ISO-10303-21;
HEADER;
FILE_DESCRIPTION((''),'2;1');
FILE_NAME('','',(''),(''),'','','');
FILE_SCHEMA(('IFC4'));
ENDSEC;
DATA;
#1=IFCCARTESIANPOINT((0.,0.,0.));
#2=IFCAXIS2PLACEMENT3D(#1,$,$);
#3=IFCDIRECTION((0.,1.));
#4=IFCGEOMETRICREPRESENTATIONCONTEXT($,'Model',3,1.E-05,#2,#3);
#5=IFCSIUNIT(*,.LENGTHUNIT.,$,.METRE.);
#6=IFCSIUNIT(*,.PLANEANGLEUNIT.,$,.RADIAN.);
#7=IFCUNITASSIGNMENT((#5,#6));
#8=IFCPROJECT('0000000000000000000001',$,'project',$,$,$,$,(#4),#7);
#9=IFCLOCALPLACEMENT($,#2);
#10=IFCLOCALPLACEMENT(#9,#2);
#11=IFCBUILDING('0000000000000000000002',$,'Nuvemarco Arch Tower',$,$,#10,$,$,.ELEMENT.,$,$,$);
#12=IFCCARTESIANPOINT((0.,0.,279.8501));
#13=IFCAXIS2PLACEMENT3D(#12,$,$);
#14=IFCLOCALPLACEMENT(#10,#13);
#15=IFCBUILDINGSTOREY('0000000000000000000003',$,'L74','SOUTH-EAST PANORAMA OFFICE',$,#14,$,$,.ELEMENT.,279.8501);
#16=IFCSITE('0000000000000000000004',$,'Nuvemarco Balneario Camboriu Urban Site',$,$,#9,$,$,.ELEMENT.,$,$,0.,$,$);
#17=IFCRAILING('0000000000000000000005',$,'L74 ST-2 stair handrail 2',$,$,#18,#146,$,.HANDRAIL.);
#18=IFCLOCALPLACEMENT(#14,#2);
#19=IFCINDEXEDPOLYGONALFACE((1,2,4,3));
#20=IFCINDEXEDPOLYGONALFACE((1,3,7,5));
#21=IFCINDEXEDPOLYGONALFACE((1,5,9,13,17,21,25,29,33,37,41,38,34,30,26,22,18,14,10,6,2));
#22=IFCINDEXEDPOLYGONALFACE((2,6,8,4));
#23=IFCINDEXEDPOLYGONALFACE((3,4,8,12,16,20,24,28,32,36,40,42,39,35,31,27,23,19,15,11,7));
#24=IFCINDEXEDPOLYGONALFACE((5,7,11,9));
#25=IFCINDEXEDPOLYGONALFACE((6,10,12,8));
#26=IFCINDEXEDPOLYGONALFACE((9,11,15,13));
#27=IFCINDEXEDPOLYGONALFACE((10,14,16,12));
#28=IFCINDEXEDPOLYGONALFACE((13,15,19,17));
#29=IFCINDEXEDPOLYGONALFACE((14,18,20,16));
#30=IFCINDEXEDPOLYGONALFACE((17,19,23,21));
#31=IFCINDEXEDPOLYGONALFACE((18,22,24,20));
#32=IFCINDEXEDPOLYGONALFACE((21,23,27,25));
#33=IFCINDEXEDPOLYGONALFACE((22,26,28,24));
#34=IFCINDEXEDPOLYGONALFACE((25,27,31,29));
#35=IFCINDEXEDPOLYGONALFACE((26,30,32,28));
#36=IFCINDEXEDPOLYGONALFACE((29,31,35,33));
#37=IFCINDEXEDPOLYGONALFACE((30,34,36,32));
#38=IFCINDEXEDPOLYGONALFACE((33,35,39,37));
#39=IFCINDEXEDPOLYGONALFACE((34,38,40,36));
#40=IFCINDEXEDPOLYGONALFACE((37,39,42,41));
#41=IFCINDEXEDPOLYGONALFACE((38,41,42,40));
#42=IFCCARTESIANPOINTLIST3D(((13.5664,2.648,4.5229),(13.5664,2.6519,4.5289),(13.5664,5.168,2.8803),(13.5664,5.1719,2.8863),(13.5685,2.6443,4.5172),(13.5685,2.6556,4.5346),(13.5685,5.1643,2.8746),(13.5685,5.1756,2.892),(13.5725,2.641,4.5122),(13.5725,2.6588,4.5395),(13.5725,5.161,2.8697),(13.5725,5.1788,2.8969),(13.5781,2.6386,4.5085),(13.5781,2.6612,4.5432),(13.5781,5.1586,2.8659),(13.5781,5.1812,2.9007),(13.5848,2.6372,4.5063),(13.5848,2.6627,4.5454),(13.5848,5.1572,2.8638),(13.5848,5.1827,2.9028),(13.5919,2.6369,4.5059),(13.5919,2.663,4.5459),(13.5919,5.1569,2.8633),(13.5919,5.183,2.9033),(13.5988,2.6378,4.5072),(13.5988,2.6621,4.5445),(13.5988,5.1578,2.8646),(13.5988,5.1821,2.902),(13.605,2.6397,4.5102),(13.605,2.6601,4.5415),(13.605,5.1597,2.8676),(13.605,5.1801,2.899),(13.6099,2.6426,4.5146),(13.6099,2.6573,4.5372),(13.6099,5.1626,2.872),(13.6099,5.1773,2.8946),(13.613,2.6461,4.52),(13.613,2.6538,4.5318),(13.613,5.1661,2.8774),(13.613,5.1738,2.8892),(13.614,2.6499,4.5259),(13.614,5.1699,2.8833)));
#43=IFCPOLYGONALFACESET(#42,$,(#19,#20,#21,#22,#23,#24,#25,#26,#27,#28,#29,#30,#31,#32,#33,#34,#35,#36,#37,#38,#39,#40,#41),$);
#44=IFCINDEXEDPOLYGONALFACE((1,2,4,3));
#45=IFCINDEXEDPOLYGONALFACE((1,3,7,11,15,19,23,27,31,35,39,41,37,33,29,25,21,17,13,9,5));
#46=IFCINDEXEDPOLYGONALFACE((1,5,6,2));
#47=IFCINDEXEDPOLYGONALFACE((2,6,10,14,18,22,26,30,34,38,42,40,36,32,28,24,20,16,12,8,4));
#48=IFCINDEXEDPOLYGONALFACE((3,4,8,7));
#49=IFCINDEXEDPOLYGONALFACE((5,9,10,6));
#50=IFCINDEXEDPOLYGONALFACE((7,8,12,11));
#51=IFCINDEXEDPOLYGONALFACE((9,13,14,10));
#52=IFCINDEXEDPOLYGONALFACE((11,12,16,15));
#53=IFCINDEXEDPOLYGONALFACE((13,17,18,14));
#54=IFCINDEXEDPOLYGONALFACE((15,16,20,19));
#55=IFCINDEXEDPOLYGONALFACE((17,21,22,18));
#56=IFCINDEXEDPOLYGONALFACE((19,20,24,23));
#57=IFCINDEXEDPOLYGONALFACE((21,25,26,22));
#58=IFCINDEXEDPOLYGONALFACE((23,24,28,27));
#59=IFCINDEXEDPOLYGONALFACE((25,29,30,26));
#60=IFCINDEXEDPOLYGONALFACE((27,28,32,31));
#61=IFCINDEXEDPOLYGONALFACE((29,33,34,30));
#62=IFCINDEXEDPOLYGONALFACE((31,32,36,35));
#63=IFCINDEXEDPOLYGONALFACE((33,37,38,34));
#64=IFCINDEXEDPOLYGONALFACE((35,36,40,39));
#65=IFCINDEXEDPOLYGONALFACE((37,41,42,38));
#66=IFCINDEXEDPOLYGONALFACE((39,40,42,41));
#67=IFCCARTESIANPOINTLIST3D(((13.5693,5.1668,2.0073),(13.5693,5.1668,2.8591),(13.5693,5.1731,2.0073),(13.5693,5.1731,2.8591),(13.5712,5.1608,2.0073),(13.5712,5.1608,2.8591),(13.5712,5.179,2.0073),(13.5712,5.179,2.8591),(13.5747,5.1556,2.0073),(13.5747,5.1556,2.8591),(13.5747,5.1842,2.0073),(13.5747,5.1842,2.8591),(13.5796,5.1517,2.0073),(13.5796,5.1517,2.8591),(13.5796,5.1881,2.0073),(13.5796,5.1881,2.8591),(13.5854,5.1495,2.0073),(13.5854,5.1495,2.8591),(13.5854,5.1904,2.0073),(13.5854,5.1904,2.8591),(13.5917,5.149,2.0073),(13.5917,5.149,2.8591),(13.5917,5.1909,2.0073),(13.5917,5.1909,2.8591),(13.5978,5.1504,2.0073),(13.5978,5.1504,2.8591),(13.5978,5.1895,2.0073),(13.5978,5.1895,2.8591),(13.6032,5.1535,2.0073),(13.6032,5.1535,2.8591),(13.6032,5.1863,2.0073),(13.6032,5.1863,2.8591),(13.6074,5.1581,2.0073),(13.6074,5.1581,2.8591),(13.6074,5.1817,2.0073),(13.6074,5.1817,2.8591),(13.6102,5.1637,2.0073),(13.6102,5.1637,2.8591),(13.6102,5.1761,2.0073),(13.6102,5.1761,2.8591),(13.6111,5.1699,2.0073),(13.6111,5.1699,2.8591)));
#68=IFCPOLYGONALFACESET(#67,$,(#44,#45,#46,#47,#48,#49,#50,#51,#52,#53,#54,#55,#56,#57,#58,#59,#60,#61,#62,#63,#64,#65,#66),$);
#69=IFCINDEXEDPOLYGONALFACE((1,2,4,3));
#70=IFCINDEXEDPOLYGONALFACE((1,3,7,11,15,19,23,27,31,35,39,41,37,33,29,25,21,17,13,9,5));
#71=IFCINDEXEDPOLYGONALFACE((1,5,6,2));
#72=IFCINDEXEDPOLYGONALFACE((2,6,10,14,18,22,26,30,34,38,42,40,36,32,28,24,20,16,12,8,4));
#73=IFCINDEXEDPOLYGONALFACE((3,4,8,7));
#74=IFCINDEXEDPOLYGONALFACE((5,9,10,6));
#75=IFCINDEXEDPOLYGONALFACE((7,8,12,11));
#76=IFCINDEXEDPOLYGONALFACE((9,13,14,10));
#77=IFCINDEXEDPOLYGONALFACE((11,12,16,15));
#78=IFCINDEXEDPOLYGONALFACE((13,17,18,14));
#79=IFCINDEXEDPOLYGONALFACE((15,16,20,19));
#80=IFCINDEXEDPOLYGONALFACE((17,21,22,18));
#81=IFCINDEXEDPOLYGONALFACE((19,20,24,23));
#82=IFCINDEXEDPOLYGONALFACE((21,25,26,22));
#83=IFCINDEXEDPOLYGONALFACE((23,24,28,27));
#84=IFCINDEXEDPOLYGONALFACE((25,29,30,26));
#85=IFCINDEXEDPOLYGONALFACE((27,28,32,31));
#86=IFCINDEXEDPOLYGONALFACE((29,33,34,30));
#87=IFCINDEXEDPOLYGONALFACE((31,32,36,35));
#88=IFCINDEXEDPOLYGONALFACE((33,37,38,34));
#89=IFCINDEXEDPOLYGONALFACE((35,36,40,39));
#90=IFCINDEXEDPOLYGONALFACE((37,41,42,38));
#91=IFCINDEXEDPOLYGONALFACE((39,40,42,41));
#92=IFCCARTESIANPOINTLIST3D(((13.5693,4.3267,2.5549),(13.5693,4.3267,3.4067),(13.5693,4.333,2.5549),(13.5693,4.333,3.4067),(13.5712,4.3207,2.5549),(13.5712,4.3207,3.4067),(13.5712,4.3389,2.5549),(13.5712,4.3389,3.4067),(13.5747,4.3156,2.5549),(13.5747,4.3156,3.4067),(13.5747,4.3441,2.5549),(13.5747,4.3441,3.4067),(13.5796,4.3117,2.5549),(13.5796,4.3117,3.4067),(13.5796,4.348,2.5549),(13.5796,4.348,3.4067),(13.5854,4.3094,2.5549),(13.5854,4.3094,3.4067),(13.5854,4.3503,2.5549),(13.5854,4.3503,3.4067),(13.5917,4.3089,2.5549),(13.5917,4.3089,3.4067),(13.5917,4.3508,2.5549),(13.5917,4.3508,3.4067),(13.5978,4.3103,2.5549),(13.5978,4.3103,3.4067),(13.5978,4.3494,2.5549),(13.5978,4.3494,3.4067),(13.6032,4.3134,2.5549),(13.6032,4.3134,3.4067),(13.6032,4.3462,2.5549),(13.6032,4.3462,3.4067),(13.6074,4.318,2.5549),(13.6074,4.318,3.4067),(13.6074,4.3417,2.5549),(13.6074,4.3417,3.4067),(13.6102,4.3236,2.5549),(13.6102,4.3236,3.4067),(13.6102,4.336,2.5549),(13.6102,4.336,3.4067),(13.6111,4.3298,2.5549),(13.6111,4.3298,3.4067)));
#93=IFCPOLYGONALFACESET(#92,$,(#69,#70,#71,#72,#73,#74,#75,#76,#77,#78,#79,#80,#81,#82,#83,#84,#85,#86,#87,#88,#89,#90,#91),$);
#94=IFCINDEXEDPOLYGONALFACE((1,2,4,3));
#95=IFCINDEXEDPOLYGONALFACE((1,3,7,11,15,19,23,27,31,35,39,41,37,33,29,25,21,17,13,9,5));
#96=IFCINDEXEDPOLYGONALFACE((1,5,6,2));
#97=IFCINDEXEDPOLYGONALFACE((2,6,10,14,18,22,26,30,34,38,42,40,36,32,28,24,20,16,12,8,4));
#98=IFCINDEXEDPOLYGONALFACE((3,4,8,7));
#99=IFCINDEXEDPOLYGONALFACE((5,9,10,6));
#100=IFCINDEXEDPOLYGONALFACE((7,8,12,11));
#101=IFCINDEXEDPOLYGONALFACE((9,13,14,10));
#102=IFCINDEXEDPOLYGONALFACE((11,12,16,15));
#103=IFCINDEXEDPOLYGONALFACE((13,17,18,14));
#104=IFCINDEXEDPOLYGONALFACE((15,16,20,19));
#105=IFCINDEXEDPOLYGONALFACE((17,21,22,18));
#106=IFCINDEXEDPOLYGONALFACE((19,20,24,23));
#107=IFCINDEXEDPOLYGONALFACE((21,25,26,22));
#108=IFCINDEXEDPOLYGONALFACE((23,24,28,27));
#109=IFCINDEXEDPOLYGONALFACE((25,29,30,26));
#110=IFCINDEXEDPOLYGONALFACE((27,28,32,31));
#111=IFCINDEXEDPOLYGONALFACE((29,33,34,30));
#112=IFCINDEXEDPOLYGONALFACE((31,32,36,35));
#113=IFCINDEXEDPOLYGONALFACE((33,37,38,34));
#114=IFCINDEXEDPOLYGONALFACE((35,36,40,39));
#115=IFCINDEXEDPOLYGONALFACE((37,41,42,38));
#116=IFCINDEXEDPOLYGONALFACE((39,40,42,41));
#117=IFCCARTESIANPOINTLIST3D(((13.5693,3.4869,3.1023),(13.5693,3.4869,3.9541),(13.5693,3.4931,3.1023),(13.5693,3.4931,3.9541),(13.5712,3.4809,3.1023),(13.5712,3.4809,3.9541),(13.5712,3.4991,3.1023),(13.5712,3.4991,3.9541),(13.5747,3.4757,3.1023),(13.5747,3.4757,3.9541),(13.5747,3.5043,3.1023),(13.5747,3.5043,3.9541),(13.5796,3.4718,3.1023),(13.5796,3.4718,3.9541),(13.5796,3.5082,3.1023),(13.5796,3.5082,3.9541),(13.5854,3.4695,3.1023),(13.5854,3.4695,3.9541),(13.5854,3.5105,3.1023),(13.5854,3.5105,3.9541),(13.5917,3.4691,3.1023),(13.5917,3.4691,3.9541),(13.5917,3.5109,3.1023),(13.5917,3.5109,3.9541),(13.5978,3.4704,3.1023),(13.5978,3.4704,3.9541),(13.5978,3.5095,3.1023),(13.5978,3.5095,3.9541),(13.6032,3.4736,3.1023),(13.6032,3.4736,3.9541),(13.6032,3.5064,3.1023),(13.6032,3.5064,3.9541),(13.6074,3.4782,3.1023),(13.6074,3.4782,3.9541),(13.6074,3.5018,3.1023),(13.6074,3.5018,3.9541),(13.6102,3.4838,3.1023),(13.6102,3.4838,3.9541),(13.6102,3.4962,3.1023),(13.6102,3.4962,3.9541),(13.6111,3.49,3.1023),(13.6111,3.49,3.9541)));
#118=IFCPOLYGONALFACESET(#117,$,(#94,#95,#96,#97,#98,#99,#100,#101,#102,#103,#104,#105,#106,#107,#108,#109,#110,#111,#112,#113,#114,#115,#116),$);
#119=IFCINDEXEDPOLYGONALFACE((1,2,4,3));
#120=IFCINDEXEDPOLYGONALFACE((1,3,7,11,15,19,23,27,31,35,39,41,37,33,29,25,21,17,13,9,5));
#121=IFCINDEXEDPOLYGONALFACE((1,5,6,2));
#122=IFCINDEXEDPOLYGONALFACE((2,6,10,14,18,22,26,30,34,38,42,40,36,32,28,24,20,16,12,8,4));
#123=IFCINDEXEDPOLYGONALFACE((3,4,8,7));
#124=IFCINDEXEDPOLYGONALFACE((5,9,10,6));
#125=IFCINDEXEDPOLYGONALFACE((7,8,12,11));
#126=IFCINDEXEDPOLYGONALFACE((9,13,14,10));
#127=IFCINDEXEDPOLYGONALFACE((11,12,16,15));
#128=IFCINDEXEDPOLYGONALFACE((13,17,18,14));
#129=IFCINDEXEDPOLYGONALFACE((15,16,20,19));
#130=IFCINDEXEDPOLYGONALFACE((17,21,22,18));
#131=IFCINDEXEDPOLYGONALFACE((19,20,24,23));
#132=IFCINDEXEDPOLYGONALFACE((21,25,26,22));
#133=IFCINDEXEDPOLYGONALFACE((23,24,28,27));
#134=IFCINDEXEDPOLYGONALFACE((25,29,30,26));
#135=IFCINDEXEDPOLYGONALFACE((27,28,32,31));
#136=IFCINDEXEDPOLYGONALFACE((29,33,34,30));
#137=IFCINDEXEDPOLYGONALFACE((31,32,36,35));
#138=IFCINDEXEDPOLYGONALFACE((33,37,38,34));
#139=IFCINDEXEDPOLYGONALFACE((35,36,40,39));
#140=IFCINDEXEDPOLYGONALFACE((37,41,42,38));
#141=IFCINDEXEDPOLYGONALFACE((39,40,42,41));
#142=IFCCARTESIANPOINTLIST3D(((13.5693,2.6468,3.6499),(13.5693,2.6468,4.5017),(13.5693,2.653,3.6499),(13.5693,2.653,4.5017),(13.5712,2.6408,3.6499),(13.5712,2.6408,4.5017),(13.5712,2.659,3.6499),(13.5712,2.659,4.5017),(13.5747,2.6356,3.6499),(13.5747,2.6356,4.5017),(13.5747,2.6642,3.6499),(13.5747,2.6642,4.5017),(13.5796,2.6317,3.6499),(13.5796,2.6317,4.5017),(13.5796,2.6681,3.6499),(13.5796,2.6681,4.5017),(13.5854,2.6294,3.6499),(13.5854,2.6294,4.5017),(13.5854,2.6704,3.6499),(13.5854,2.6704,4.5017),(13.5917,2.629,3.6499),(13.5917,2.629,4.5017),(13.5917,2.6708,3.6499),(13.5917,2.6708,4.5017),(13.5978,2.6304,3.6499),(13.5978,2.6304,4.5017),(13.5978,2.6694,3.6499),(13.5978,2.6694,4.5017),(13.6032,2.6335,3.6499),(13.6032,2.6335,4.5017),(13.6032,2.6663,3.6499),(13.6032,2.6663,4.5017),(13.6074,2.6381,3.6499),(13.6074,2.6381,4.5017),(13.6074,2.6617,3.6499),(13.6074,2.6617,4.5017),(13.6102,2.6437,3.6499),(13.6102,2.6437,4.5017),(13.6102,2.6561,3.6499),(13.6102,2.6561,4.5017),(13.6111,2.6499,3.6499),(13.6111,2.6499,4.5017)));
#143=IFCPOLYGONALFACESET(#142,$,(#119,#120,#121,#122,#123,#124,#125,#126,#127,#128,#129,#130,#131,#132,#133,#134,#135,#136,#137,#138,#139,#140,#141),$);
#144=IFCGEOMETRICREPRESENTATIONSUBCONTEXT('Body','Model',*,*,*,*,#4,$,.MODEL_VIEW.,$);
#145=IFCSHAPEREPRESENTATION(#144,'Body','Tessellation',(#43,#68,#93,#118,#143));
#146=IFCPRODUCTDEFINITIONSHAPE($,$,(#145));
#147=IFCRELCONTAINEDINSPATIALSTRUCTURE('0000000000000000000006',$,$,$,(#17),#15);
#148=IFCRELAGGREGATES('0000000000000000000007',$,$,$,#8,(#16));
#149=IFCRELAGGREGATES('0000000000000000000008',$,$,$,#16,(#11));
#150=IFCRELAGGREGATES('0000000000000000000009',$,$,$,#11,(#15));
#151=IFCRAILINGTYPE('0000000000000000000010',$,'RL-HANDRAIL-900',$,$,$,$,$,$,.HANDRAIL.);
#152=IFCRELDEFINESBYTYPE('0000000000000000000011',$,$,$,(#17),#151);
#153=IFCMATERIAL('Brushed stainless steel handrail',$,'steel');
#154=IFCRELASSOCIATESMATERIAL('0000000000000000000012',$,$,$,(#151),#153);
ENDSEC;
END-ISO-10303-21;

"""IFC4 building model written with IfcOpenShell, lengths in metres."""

from ifc_helpers import new_model, si_unit, direction, frame, origin, origin_2d, place, context, subcontext, project, spatial, circle, extrude, material, type_object, element, save


model = new_model("IFC4")

# Units and contexts
model_context = context("Model", 3, precision=1e-05, world=origin(), true_north=direction((0.0, 1.0)))
body_context = subcontext(model_context, "Body", "Model", "MODEL_VIEW")
ifc_project = project(units=[si_unit("LENGTHUNIT", "METRE"), si_unit("PLANEANGLEUNIT", "RADIAN")], contexts=[model_context])

# Site, building, storey
site_placement = place(None, origin())
site = spatial("IfcSite", under=ifc_project, at=site_placement, Name="Nuvemarco Balneario Camboriu Urban Site", CompositionType="ELEMENT", RefElevation=0.0)
building_placement = place(site_placement, origin())
building = spatial("IfcBuilding", under=site, at=building_placement, Name="Nuvemarco Arch Tower", CompositionType="ELEMENT")
storey_placement = place(building_placement, frame((0.0, 0.0, 279.8501)))
storey = spatial("IfcBuildingStorey", under=building, at=storey_placement, Name="L74", Description="SOUTH-EAST PANORAMA OFFICE", CompositionType="ELEMENT", Elevation=279.8501)

# Railing
ifc_material_1 = material(Name="Brushed stainless steel handrail", Category="steel")
railing_type_1 = type_object("IfcRailingType", Name="RL-HANDRAIL-900", PredefinedType="HANDRAIL", material=ifc_material_1)
railing_1_placement = place(storey_placement, frame((13.5901, 5.1699, 2.0073)))
element("IfcRailing", 1, at=railing_1_placement, inside=storey, type_object=railing_type_1, Name="L74 ST-2 stair handrail 2", PredefinedType="HANDRAIL", context=body_context, shape_type="SweptSolid", body=[
    extrude(circle(Radius=0.0239, at=origin_2d()), frame((0.0, 0.0, 0.876), z_axis=(0.0, -0.837749, 0.546055), x_axis=(1.0, 0.0, 0.0)), (0.0, 0.0, 1.0), 3.0081),
    extrude(circle(Radius=0.021, at=origin_2d()), origin(), (0.0, 0.0, 1.0), 0.8518),
    extrude(circle(Radius=0.021, at=origin_2d()), frame((0.0, -0.8401, 0.5476)), (0.0, 0.0, 1.0), 0.8518),
    extrude(circle(Radius=0.021, at=origin_2d()), frame((0.0, -1.6799, 1.095)), (0.0, 0.0, 1.0), 0.8518),
    extrude(circle(Radius=0.021, at=origin_2d()), frame((0.0, -2.52, 1.6426)), (0.0, 0.0, 1.0), 0.8518),
])

save(model, "model.ifc")
